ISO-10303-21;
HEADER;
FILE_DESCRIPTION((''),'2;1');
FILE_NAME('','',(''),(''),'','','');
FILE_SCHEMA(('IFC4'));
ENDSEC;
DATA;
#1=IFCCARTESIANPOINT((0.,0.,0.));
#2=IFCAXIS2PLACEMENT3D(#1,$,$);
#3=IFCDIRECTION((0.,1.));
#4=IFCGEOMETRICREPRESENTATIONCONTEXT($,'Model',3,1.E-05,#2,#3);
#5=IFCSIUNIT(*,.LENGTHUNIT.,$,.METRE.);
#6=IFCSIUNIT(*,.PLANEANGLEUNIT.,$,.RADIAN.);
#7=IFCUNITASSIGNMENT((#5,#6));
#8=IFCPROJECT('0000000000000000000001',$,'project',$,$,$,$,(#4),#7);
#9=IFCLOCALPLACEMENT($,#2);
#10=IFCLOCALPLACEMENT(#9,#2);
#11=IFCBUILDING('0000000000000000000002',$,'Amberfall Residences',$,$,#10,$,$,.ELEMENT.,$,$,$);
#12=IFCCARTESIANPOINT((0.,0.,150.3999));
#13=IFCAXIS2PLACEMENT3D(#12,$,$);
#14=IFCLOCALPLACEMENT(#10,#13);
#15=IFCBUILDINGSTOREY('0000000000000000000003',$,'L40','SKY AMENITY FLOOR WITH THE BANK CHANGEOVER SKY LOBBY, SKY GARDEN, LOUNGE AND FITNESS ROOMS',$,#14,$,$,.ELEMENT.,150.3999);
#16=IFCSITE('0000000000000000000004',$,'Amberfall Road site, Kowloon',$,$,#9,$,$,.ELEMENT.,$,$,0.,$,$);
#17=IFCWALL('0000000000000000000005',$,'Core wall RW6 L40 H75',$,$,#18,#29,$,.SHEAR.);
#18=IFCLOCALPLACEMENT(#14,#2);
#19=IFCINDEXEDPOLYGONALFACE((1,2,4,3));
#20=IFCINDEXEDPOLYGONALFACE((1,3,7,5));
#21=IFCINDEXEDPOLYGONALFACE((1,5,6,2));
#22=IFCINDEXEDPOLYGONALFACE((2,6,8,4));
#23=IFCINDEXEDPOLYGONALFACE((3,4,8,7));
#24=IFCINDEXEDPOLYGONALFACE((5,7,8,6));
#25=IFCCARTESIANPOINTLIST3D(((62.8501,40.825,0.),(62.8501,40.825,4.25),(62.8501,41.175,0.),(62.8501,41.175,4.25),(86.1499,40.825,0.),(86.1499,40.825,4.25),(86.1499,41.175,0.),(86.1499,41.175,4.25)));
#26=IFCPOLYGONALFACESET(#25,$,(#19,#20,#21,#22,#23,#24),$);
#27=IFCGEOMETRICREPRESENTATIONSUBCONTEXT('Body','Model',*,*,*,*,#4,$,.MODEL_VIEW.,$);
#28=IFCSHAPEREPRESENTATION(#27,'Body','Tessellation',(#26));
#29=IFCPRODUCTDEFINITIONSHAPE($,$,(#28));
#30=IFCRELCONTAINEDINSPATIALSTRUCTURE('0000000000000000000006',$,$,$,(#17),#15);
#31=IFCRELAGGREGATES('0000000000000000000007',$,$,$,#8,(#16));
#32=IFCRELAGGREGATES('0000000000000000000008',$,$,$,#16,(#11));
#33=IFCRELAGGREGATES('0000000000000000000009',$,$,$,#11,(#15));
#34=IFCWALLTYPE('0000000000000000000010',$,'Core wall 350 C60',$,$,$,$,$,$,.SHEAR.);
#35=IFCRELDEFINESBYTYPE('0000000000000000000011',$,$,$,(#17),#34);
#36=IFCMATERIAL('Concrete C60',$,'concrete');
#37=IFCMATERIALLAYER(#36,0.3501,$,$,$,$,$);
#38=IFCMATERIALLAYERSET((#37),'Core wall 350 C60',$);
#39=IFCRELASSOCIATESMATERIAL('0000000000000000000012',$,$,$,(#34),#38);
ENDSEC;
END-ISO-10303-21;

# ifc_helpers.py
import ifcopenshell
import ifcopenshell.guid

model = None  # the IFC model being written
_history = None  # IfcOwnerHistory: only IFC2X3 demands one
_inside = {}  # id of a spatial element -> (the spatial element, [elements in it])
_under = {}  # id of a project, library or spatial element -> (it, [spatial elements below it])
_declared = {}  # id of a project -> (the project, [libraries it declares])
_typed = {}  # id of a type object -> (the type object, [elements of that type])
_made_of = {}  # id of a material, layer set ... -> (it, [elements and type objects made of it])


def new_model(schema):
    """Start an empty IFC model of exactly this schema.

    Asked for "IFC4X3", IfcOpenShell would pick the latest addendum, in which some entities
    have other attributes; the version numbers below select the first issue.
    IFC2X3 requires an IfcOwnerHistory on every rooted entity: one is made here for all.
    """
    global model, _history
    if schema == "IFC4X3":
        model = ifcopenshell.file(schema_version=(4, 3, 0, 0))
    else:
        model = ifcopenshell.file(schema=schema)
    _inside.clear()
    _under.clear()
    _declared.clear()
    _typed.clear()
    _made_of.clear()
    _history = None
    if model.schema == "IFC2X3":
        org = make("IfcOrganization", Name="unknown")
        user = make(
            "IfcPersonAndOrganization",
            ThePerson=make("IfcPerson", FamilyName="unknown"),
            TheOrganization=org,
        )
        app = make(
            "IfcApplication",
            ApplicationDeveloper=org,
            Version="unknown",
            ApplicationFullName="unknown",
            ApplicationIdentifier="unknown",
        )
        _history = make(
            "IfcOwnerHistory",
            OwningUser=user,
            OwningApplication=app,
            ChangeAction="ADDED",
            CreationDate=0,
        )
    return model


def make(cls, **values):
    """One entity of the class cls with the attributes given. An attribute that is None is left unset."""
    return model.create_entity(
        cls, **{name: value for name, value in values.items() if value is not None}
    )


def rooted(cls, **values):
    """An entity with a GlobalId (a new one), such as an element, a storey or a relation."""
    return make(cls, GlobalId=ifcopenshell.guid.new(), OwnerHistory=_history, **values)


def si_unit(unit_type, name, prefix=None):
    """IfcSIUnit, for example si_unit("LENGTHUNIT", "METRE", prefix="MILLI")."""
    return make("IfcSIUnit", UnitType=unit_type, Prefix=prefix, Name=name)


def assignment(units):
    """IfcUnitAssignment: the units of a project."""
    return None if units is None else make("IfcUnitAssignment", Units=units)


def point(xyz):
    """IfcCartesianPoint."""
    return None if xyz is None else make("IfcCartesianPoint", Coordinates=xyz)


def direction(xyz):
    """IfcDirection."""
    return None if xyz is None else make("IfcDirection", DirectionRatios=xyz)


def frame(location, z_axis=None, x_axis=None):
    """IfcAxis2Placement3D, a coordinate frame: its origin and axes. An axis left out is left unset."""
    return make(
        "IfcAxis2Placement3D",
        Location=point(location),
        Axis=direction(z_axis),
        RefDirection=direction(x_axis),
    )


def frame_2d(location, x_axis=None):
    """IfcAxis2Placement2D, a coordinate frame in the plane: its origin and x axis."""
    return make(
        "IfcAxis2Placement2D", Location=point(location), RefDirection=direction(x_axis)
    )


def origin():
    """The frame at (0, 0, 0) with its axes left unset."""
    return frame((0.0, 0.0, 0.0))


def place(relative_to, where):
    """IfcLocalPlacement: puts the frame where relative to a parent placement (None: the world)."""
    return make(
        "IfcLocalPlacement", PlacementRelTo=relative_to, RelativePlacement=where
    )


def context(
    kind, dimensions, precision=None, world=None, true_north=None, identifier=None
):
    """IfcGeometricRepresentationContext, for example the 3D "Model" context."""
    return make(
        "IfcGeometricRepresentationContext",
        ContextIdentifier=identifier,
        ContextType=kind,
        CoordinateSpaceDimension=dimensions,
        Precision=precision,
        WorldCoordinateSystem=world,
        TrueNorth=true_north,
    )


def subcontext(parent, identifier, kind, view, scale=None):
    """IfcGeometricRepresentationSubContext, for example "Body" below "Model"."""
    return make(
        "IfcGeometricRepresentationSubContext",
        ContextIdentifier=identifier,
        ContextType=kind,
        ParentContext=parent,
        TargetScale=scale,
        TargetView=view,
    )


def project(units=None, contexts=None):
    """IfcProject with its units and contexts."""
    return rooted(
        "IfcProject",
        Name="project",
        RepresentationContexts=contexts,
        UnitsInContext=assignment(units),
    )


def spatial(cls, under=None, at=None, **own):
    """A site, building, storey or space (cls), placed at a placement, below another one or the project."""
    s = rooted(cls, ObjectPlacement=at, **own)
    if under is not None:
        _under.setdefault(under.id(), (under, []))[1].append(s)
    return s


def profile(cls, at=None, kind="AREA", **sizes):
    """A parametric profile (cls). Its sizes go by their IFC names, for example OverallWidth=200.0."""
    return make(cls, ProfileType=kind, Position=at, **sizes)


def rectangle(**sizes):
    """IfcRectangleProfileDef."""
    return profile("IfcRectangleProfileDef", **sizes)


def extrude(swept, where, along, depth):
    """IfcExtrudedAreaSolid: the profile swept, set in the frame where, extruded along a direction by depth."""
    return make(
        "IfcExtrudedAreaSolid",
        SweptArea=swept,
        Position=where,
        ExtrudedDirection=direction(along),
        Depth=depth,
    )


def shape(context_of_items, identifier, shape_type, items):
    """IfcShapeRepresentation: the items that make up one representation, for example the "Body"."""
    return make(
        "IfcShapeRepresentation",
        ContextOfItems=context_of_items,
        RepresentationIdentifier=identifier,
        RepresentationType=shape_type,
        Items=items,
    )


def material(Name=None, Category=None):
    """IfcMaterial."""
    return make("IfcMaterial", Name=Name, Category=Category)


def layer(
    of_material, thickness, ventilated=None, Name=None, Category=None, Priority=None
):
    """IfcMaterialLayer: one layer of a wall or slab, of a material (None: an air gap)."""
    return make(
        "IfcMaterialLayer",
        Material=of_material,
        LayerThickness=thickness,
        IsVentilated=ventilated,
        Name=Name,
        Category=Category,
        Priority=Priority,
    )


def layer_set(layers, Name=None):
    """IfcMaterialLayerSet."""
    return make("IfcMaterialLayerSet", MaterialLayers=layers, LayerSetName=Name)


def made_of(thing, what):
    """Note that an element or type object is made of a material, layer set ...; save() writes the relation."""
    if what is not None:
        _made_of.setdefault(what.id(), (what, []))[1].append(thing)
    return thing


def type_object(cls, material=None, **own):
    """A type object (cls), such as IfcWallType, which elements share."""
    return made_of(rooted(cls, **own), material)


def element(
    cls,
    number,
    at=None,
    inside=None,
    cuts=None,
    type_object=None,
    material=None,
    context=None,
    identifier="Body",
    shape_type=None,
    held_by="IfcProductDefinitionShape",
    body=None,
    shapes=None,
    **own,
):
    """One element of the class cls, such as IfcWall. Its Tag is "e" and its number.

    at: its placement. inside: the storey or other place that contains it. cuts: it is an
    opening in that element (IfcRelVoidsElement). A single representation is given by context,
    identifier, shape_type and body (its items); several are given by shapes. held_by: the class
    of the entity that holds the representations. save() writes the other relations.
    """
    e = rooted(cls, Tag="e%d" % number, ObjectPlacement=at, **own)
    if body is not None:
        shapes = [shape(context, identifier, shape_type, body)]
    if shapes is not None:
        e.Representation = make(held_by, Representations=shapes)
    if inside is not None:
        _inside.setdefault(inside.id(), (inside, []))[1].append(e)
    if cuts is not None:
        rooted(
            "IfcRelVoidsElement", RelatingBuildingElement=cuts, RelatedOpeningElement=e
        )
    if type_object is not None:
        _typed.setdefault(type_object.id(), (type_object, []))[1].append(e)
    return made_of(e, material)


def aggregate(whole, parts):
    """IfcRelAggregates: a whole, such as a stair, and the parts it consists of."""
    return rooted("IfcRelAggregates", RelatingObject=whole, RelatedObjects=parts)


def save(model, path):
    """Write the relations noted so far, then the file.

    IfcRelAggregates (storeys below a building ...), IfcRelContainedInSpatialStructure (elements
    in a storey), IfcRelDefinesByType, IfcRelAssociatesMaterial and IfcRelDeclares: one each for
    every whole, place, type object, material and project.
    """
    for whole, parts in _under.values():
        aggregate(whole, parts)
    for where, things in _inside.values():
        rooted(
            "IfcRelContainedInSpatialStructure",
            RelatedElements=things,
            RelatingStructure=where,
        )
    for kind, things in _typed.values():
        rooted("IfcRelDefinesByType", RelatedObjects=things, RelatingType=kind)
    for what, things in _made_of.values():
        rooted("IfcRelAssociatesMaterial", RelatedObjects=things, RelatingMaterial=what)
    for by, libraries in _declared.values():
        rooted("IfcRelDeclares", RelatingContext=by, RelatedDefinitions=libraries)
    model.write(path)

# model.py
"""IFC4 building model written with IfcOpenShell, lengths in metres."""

from ifc_helpers import new_model, si_unit, direction, frame, frame_2d, origin, place, context, subcontext, project, spatial, rectangle, extrude, material, layer, layer_set, type_object, element, save


model = new_model("IFC4")

# Units and contexts
model_context = context("Model", 3, precision=1e-05, world=origin(), true_north=direction((0.0, 1.0)))
body_context = subcontext(model_context, "Body", "Model", "MODEL_VIEW")
ifc_project = project(units=[si_unit("LENGTHUNIT", "METRE"), si_unit("PLANEANGLEUNIT", "RADIAN")], contexts=[model_context])

# Site, building, storey
site_placement = place(None, origin())
site = spatial("IfcSite", under=ifc_project, at=site_placement, Name="Amberfall Road site, Kowloon", CompositionType="ELEMENT", RefElevation=0.0)
building_placement = place(site_placement, origin())
building = spatial("IfcBuilding", under=site, at=building_placement, Name="Amberfall Residences", CompositionType="ELEMENT")
storey_placement = place(building_placement, frame((0.0, 0.0, 150.3999)))
storey = spatial("IfcBuildingStorey", under=building, at=storey_placement, Name="L40", Description="SKY AMENITY FLOOR WITH THE BANK CHANGEOVER SKY LOBBY, SKY GARDEN, LOUNGE AND FITNESS ROOMS", CompositionType="ELEMENT", Elevation=150.3999)

# Wall
ifc_material_1 = material(Name="Concrete C60", Category="concrete")
ifc_layer = layer(ifc_material_1, 0.3501)
ifc_layer_set = layer_set([ifc_layer], Name="Core wall 350 C60")
wall_type = type_object("IfcWallType", Name="Core wall 350 C60", PredefinedType="SHEAR", material=ifc_layer_set)
wall_1_placement = place(storey_placement, frame((62.8501, 41.0, 0.0), z_axis=(0.0, 0.0, 1.0), x_axis=(1.0, 0.0, 0.0)))
element("IfcWall", 1, at=wall_1_placement, inside=storey, type_object=wall_type, Name="Core wall RW6 L40 H75", PredefinedType="SHEAR", context=body_context, shape_type="SweptSolid", body=[
    extrude(rectangle(XDim=23.2998, YDim=0.3501, at=frame_2d((11.6499, 0.0))), origin(), (0.0, 0.0, 1.0), 4.25),
])

save(model, "model.ifc")
